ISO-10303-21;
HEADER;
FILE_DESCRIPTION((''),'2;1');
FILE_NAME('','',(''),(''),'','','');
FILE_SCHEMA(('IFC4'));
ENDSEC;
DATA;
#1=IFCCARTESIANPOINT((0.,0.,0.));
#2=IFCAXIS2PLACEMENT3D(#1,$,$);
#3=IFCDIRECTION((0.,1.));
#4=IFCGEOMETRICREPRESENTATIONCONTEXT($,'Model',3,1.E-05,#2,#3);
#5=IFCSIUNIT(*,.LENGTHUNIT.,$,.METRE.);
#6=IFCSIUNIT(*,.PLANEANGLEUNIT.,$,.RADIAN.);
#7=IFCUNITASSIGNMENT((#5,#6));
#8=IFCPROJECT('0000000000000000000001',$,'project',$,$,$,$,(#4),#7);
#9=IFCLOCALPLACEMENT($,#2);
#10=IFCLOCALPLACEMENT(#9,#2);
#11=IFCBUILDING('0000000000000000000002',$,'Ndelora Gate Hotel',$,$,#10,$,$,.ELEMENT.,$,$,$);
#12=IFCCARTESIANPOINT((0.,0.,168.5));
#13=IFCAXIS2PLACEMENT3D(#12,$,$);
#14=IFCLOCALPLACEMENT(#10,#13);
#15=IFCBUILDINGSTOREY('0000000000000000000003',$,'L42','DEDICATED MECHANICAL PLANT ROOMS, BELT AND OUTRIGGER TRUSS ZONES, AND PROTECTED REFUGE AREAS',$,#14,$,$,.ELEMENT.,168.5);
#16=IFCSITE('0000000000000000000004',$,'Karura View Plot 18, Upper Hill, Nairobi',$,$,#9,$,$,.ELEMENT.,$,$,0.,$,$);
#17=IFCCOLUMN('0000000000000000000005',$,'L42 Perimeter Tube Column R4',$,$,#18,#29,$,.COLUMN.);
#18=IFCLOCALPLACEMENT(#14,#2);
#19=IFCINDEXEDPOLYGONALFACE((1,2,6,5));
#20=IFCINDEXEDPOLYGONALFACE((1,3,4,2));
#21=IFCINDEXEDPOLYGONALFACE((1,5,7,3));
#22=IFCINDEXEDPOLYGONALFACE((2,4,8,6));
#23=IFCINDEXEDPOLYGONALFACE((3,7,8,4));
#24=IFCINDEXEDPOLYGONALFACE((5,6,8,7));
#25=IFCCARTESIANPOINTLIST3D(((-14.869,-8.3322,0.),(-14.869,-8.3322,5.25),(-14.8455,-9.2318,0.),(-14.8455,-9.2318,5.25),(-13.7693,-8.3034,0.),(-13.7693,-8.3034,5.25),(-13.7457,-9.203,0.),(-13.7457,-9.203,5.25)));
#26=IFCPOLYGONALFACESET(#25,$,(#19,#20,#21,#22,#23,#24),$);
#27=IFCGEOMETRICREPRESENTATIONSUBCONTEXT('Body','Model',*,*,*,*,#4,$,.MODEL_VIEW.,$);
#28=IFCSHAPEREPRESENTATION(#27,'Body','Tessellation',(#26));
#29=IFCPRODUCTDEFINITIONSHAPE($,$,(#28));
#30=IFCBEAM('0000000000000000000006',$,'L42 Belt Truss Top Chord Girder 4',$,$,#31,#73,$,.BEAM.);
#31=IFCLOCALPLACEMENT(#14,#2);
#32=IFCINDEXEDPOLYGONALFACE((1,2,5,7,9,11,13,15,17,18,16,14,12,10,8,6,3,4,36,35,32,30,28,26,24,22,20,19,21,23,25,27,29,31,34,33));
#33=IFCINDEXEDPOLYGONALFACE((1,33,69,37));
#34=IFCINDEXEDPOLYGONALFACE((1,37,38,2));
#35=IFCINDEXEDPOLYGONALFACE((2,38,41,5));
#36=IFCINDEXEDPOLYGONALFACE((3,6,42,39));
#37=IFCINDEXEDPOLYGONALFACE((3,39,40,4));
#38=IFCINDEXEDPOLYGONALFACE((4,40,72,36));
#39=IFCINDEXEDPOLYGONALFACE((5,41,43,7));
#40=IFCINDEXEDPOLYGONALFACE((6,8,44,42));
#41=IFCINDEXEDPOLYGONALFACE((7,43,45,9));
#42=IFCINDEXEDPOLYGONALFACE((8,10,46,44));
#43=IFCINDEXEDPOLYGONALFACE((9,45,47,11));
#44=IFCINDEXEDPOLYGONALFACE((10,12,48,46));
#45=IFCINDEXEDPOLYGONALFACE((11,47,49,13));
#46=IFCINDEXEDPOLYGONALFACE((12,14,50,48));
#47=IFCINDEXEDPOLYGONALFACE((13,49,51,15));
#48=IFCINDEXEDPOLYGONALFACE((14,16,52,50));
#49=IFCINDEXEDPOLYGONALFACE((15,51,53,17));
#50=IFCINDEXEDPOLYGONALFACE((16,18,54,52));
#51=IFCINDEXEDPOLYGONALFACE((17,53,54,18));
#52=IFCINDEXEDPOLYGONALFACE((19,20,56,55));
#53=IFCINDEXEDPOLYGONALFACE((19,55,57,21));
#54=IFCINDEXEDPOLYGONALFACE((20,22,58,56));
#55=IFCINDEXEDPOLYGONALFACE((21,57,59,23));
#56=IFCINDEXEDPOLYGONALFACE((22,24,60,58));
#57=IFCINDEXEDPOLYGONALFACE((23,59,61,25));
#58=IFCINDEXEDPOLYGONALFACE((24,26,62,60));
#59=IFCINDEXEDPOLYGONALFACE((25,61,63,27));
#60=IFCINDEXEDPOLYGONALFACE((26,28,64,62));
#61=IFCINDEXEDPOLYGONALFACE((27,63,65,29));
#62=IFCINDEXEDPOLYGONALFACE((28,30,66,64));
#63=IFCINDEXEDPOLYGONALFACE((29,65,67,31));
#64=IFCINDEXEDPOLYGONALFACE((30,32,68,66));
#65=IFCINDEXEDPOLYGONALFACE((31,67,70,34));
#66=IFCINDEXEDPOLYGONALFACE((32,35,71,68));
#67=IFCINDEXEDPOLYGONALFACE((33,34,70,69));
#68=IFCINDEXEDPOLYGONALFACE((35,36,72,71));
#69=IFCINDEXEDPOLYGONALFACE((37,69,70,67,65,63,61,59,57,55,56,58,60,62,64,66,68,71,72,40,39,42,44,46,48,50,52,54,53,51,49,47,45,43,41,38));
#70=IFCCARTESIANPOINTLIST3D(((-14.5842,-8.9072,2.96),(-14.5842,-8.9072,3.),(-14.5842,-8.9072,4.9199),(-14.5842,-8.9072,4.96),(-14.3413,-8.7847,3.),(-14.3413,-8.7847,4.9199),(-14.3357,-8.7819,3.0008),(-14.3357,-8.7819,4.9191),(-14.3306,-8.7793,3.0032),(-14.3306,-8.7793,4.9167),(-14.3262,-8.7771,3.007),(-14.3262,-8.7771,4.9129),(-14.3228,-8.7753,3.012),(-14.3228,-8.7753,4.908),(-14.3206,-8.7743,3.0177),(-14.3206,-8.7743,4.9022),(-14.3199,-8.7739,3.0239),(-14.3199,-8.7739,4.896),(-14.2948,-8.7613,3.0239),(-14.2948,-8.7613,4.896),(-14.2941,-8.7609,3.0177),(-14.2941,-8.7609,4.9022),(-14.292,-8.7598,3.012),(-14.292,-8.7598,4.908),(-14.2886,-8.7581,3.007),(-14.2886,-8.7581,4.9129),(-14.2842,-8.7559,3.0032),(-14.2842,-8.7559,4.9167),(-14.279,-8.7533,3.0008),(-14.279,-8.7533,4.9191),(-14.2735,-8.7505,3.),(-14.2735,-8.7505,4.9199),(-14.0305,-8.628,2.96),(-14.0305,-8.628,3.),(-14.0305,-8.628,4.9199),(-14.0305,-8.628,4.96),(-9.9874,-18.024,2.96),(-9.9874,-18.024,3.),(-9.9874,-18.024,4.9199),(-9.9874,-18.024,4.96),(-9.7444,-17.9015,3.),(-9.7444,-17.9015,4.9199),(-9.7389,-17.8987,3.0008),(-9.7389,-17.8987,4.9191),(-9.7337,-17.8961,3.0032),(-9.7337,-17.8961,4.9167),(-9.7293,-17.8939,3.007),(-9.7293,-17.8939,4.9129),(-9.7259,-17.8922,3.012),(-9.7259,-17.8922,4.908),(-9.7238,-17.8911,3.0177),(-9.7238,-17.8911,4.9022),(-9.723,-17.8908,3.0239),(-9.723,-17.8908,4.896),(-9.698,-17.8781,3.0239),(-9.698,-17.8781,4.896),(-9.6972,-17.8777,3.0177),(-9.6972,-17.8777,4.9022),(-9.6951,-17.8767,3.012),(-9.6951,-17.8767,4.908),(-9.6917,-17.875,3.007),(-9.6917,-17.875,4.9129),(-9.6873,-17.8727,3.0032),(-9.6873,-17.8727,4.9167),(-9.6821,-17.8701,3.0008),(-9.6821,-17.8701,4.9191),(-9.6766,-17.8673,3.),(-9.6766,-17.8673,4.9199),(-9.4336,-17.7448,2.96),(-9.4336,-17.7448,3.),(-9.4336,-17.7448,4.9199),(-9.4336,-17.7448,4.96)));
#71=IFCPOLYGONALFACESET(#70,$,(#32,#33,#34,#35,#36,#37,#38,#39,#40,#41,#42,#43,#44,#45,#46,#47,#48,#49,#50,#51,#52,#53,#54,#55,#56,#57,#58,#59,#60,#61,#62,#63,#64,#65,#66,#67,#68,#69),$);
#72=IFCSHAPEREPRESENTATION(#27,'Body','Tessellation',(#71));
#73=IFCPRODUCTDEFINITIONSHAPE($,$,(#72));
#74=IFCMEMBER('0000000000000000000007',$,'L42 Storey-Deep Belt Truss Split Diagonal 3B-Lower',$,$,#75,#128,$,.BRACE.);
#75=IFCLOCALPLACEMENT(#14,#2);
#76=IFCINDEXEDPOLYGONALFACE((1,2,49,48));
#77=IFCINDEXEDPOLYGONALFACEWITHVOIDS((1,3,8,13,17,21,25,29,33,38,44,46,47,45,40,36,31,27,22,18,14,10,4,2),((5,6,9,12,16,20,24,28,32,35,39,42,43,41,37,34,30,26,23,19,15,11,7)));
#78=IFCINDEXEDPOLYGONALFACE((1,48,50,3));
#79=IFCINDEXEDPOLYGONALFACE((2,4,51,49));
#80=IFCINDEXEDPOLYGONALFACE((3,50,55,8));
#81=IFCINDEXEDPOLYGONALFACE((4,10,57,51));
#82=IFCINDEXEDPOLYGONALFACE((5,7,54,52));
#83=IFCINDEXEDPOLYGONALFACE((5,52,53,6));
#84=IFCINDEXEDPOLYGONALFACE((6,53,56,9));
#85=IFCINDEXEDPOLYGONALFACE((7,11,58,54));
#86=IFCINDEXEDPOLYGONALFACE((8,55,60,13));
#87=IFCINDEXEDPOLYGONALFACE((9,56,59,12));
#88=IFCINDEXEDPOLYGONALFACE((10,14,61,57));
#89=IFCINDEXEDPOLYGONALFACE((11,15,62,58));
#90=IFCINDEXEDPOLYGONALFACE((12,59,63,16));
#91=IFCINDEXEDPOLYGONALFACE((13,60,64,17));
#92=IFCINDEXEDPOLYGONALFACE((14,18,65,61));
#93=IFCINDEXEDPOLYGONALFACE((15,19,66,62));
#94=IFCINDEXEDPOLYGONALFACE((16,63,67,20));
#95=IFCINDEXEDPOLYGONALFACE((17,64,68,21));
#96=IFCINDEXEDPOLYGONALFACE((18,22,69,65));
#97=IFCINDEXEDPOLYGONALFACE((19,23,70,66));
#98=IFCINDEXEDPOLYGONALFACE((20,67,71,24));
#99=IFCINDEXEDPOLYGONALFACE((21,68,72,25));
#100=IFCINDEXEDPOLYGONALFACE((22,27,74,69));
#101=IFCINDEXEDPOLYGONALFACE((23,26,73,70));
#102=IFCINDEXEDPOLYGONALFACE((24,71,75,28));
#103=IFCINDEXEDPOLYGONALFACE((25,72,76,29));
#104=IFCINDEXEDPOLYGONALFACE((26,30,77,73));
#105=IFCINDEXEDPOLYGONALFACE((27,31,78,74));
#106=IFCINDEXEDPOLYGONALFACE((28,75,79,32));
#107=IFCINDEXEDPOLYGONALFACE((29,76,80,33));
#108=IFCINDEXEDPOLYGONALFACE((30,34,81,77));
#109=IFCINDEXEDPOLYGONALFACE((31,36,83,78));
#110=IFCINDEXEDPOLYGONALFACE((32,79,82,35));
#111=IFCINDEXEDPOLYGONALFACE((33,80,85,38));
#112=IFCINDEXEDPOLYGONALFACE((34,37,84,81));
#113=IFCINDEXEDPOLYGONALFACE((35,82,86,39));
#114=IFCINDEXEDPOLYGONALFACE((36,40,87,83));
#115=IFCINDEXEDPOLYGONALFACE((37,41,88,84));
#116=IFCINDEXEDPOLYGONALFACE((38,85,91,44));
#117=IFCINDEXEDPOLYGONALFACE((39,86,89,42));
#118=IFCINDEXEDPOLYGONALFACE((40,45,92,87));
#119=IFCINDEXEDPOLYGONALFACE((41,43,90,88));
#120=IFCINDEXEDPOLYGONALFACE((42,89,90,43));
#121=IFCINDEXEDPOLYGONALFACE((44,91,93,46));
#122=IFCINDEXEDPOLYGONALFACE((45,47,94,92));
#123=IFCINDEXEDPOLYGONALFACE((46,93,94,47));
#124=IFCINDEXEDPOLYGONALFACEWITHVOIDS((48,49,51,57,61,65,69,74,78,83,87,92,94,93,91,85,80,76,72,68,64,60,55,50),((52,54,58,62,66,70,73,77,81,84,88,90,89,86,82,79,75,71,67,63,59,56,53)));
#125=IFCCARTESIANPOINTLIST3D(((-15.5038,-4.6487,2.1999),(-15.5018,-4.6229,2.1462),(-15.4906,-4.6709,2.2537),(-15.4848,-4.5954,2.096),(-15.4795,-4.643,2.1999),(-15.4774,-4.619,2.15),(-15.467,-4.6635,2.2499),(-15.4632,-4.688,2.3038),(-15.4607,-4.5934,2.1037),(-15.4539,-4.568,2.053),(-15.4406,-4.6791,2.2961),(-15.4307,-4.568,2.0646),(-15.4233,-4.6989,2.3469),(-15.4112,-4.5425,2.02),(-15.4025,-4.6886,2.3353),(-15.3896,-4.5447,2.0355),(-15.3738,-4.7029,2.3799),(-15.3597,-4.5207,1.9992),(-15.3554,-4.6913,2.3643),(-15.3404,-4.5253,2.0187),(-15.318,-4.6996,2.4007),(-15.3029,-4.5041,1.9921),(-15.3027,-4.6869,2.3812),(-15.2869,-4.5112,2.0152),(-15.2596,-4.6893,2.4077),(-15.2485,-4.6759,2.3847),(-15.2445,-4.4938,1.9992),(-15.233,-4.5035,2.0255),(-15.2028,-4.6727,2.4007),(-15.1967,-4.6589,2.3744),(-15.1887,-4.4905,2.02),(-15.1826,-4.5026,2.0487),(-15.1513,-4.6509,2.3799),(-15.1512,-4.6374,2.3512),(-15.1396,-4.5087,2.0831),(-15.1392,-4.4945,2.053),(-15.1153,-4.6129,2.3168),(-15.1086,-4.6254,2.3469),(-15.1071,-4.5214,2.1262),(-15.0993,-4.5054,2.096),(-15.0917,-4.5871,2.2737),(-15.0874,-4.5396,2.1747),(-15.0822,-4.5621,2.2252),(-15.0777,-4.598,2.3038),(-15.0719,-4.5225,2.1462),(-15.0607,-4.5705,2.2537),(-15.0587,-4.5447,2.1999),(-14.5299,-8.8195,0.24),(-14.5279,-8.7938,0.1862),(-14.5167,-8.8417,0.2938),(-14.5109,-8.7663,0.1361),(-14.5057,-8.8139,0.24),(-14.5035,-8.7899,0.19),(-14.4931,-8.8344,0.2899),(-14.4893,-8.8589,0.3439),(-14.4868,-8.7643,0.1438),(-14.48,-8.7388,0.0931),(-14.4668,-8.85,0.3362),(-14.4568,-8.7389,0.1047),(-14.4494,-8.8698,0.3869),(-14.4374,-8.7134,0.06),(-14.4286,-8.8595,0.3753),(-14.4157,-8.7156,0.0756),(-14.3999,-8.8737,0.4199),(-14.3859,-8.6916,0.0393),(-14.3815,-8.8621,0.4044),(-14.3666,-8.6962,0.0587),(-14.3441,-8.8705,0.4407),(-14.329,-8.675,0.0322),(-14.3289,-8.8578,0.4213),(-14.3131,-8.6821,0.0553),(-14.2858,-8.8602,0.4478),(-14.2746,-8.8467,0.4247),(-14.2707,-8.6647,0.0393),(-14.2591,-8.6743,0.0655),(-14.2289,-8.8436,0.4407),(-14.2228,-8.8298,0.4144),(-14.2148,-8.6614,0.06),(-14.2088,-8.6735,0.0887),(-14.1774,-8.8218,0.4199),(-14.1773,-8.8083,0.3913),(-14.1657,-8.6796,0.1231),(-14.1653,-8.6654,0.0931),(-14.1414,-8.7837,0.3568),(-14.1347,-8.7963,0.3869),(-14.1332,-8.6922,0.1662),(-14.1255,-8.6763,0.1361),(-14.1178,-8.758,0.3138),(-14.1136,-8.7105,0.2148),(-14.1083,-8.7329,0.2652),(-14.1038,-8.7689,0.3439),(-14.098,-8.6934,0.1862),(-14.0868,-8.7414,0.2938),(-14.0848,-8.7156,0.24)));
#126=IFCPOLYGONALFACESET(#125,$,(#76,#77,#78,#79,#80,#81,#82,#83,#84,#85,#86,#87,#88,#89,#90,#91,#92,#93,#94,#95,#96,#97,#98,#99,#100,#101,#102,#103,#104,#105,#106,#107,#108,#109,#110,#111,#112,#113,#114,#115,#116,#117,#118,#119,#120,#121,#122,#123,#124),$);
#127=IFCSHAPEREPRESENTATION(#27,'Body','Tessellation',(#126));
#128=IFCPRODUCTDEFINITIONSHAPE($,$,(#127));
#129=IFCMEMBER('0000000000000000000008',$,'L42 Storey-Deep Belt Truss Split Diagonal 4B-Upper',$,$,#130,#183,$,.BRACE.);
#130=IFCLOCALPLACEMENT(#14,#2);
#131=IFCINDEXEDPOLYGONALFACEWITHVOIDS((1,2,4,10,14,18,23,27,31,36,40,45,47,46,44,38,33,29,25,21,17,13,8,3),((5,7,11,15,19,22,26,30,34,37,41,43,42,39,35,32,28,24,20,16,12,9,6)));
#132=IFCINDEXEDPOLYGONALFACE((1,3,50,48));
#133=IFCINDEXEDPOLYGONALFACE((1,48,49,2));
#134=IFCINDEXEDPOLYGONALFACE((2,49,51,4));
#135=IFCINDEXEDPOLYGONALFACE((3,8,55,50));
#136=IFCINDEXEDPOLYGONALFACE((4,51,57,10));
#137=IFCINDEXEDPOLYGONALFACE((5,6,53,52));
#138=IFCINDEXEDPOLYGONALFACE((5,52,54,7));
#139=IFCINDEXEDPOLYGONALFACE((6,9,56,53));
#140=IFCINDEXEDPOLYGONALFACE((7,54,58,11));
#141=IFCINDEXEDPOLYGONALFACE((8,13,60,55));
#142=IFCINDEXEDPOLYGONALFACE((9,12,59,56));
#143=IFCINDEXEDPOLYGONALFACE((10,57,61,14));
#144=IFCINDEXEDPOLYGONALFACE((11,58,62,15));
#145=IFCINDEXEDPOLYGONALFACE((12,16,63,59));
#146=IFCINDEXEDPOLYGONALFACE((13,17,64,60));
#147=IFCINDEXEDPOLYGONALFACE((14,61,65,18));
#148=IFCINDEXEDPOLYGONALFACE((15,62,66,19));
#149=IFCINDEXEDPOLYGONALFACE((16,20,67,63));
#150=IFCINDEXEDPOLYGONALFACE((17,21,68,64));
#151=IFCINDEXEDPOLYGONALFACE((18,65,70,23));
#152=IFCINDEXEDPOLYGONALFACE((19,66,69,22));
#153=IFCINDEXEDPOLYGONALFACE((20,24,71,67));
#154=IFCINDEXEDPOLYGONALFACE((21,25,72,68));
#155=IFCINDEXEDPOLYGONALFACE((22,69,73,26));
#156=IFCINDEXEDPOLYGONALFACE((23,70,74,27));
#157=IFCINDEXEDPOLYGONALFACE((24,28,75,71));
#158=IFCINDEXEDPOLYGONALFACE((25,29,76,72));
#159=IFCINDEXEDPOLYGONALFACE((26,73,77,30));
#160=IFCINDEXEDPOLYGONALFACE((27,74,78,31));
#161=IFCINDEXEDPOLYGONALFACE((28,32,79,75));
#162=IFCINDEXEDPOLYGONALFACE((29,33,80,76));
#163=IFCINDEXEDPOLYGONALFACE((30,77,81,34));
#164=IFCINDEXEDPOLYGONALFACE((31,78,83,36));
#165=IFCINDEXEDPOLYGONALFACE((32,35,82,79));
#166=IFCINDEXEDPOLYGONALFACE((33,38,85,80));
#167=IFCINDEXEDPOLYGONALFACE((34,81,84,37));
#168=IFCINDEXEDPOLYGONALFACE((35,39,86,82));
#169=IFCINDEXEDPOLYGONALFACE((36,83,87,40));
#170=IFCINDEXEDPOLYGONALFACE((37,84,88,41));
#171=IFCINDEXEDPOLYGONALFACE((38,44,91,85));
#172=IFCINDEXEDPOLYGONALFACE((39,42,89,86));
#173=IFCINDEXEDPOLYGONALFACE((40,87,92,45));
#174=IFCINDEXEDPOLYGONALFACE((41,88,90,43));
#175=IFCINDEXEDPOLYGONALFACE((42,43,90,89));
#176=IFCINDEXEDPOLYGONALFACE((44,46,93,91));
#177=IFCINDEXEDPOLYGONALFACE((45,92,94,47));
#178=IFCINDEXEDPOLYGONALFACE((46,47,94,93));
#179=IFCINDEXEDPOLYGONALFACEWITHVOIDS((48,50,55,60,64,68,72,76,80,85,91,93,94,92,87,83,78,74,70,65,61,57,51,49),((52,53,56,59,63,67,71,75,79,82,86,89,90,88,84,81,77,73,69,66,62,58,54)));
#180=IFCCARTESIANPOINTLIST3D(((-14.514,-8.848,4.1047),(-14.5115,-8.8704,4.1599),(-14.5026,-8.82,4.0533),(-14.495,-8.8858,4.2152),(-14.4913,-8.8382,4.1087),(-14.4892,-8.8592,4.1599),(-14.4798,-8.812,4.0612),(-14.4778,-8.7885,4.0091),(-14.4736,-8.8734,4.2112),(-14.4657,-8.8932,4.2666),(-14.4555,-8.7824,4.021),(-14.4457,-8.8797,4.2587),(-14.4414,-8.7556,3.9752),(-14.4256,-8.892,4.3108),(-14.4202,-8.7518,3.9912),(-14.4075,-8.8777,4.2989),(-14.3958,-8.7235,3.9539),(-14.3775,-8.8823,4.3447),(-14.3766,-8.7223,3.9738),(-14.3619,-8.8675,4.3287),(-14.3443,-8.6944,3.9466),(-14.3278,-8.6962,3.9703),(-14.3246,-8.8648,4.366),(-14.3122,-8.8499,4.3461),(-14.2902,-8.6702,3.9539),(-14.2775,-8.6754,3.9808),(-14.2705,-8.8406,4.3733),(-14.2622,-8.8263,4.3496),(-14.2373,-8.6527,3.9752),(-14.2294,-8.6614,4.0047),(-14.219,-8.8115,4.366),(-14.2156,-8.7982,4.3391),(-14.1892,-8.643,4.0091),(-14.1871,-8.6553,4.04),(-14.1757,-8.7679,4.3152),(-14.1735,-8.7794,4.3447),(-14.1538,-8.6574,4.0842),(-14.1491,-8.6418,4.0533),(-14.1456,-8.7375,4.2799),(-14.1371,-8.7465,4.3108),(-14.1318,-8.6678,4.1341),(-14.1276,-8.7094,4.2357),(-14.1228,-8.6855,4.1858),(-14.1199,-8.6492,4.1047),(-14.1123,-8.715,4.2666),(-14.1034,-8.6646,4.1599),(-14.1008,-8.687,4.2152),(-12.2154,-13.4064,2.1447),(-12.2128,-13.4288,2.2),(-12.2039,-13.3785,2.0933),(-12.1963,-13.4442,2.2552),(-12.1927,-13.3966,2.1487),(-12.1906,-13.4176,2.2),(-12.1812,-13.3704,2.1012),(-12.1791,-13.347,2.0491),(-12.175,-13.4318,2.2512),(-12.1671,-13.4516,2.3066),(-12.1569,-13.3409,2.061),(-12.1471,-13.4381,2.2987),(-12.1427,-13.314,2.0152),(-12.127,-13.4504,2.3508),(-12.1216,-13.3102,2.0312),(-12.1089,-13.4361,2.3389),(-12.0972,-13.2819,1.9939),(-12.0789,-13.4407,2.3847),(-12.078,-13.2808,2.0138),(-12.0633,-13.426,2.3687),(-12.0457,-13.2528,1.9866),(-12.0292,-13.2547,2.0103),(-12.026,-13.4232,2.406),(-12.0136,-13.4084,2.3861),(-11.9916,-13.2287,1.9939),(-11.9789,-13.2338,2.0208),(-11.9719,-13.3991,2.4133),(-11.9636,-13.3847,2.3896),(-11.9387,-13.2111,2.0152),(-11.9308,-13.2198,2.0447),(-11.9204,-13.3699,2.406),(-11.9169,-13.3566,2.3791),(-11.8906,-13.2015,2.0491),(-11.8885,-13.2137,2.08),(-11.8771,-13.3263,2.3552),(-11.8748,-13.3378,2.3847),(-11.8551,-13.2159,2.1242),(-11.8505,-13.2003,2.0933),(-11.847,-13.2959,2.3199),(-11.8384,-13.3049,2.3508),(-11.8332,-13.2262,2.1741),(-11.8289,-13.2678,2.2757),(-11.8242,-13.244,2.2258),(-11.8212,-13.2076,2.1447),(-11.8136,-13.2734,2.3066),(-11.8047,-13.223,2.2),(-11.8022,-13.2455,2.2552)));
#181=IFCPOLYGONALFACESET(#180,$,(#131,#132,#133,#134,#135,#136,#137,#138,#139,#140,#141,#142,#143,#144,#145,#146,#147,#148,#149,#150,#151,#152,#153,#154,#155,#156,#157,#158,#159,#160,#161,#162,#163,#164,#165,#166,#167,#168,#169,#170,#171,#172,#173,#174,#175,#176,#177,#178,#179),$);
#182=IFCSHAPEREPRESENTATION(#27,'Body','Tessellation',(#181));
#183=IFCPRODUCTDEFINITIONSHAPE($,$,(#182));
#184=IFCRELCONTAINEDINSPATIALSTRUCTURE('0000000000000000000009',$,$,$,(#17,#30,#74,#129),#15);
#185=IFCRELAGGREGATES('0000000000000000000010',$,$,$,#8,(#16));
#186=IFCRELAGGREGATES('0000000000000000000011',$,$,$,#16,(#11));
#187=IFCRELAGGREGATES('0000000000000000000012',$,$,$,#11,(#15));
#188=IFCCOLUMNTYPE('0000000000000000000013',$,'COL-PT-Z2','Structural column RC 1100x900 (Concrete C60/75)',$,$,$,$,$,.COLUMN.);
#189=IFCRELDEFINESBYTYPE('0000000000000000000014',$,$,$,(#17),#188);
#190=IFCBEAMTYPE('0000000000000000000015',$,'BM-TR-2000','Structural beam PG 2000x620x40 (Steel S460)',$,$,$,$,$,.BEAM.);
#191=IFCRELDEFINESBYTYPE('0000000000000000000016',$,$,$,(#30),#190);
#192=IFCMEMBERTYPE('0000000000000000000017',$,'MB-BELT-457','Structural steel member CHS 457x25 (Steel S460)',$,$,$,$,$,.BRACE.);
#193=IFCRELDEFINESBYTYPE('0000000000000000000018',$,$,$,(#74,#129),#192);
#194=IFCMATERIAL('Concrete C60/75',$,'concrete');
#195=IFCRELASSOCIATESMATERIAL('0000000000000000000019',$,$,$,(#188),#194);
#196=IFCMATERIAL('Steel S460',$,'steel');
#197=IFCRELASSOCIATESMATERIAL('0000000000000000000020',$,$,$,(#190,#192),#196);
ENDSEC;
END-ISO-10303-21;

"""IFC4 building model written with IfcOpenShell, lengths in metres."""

from ifc_helpers import new_model, si_unit, direction, frame, origin, origin_2d, place, context, subcontext, project, spatial, rectangle, hollow_circle, i_section, extrude, material, material_profile, profile_set, type_object, element, save


model = new_model("IFC4")

# Units and contexts
model_context = context("Model", 3, precision=1e-05, world=origin(), true_north=direction((0.0, 1.0)))
body_context = subcontext(model_context, "Body", "Model", "MODEL_VIEW")
ifc_project = project(units=[si_unit("LENGTHUNIT", "METRE"), si_unit("PLANEANGLEUNIT", "RADIAN")], contexts=[model_context])

# Site, building, storey
site_placement = place(None, origin())
site = spatial("IfcSite", under=ifc_project, at=site_placement, Name="Karura View Plot 18, Upper Hill, Nairobi", CompositionType="ELEMENT", RefElevation=0.0)
building_placement = place(site_placement, origin())
building = spatial("IfcBuilding", under=site, at=building_placement, Name="Ndelora Gate Hotel", CompositionType="ELEMENT")
storey_placement = place(building_placement, frame((0.0, 0.0, 168.5)))
storey = spatial("IfcBuildingStorey", under=building, at=storey_placement, Name="L42", Description="DEDICATED MECHANICAL PLANT ROOMS, BELT AND OUTRIGGER TRUSS ZONES, AND PROTECTED REFUGE AREAS", CompositionType="ELEMENT", Elevation=168.5)

# Column
ifc_material_1 = material(Name="Concrete C60/75", Category="concrete")
ifc_material_profile_1 = material_profile(ifc_material_1, rectangle(XDim=0.8999, YDim=1.1001, at=origin_2d()), Name="RC 1100x900")
ifc_profile_set_1 = profile_set([ifc_material_profile_1], Name="Concrete C60/75")
column_type = type_object("IfcColumnType", Name="COL-PT-Z2", Description="Structural column RC 1100x900 (Concrete C60/75)", PredefinedType="COLUMN", material=ifc_profile_set_1)
column_placement = place(storey_placement, frame((-14.3074, -8.7676, 0.0), z_axis=(0.0, 0.0, 1.0), x_axis=(-0.026177, 0.999657, 0.0)))
element("IfcColumn", 1, at=column_placement, inside=storey, type_object=column_type, Name="L42 Perimeter Tube Column R4", PredefinedType="COLUMN", context=body_context, shape_type="SweptSolid", body=[
    extrude(rectangle(XDim=0.8999, YDim=1.1001, at=origin_2d()), origin(), (0.0, 0.0, 1.0), 5.25),
])

# Beam
ifc_material_2 = material(Name="Steel S460", Category="steel")
ifc_material_profile_2 = material_profile(ifc_material_2, i_section(OverallWidth=0.6201, OverallDepth=2.0, WebThickness=0.0281, FlangeThickness=0.04, FilletRadius=0.0239, at=origin_2d()), Name="PG 2000x620x40")
ifc_profile_set_2 = profile_set([ifc_material_profile_2], Name="Steel S460")
beam_type = type_object("IfcBeamType", Name="BM-TR-2000", Description="Structural beam PG 2000x620x40 (Steel S460)", PredefinedType="BEAM", material=ifc_profile_set_2)
beam_placement = place(storey_placement, frame((-14.3074, -8.7676, 3.96), z_axis=(0.450224, -0.892916, 0.0), x_axis=(0.892916, 0.450224, 0.0)))
element("IfcBeam", 2, at=beam_placement, inside=storey, type_object=beam_type, Name="L42 Belt Truss Top Chord Girder 4", PredefinedType="BEAM", context=body_context, shape_type="SweptSolid", body=[
    extrude(i_section(OverallWidth=0.6201, OverallDepth=2.0, WebThickness=0.0281, FlangeThickness=0.04, FilletRadius=0.0239, at=origin_2d()), origin(), (0.0, 0.0, 1.0), 10.2102),
])

# Members
ifc_material_profile_3 = material_profile(ifc_material_2, hollow_circle(Radius=0.2285, WallThickness=0.0249, at=origin_2d()), Name="CHS 457x25")
ifc_profile_set_3 = profile_set([ifc_material_profile_3], Name="Steel S460")
member_type_1 = type_object("IfcMemberType", Name="MB-BELT-457", Description="Structural steel member CHS 457x25 (Steel S460)", PredefinedType="BRACE", material=ifc_profile_set_3)
member_1_placement = place(storey_placement, frame((-14.3074, -8.7676, 0.24), z_axis=(-0.206758, 0.885498, 0.416107), x_axis=(-0.973807, -0.227377, 0.0)))
element("IfcMember", 3, at=member_1_placement, inside=storey, type_object=member_type_1, Name="L42 Storey-Deep Belt Truss Split Diagonal 3B-Lower", PredefinedType="BRACE", context=body_context, shape_type="SweptSolid", body=[
    extrude(hollow_circle(Radius=0.2285, WallThickness=0.0249, at=origin_2d()), origin(), (0.0, 0.0, 1.0), 4.7102),
])
member_2_placement = place(storey_placement, frame((-12.0088, -13.3259, 2.2), z_axis=(-0.420339, 0.833579, 0.358415), x_axis=(-0.892901, -0.450253, 0.0)))
element("IfcMember", 4, at=member_2_placement, inside=storey, type_object=member_type_1, Name="L42 Storey-Deep Belt Truss Split Diagonal 4B-Upper", PredefinedType="BRACE", context=body_context, shape_type="SweptSolid", body=[
    extrude(hollow_circle(Radius=0.2285, WallThickness=0.0249, at=origin_2d()), origin(), (0.0, 0.0, 1.0), 5.4685),
])

save(model, "model.ifc")
